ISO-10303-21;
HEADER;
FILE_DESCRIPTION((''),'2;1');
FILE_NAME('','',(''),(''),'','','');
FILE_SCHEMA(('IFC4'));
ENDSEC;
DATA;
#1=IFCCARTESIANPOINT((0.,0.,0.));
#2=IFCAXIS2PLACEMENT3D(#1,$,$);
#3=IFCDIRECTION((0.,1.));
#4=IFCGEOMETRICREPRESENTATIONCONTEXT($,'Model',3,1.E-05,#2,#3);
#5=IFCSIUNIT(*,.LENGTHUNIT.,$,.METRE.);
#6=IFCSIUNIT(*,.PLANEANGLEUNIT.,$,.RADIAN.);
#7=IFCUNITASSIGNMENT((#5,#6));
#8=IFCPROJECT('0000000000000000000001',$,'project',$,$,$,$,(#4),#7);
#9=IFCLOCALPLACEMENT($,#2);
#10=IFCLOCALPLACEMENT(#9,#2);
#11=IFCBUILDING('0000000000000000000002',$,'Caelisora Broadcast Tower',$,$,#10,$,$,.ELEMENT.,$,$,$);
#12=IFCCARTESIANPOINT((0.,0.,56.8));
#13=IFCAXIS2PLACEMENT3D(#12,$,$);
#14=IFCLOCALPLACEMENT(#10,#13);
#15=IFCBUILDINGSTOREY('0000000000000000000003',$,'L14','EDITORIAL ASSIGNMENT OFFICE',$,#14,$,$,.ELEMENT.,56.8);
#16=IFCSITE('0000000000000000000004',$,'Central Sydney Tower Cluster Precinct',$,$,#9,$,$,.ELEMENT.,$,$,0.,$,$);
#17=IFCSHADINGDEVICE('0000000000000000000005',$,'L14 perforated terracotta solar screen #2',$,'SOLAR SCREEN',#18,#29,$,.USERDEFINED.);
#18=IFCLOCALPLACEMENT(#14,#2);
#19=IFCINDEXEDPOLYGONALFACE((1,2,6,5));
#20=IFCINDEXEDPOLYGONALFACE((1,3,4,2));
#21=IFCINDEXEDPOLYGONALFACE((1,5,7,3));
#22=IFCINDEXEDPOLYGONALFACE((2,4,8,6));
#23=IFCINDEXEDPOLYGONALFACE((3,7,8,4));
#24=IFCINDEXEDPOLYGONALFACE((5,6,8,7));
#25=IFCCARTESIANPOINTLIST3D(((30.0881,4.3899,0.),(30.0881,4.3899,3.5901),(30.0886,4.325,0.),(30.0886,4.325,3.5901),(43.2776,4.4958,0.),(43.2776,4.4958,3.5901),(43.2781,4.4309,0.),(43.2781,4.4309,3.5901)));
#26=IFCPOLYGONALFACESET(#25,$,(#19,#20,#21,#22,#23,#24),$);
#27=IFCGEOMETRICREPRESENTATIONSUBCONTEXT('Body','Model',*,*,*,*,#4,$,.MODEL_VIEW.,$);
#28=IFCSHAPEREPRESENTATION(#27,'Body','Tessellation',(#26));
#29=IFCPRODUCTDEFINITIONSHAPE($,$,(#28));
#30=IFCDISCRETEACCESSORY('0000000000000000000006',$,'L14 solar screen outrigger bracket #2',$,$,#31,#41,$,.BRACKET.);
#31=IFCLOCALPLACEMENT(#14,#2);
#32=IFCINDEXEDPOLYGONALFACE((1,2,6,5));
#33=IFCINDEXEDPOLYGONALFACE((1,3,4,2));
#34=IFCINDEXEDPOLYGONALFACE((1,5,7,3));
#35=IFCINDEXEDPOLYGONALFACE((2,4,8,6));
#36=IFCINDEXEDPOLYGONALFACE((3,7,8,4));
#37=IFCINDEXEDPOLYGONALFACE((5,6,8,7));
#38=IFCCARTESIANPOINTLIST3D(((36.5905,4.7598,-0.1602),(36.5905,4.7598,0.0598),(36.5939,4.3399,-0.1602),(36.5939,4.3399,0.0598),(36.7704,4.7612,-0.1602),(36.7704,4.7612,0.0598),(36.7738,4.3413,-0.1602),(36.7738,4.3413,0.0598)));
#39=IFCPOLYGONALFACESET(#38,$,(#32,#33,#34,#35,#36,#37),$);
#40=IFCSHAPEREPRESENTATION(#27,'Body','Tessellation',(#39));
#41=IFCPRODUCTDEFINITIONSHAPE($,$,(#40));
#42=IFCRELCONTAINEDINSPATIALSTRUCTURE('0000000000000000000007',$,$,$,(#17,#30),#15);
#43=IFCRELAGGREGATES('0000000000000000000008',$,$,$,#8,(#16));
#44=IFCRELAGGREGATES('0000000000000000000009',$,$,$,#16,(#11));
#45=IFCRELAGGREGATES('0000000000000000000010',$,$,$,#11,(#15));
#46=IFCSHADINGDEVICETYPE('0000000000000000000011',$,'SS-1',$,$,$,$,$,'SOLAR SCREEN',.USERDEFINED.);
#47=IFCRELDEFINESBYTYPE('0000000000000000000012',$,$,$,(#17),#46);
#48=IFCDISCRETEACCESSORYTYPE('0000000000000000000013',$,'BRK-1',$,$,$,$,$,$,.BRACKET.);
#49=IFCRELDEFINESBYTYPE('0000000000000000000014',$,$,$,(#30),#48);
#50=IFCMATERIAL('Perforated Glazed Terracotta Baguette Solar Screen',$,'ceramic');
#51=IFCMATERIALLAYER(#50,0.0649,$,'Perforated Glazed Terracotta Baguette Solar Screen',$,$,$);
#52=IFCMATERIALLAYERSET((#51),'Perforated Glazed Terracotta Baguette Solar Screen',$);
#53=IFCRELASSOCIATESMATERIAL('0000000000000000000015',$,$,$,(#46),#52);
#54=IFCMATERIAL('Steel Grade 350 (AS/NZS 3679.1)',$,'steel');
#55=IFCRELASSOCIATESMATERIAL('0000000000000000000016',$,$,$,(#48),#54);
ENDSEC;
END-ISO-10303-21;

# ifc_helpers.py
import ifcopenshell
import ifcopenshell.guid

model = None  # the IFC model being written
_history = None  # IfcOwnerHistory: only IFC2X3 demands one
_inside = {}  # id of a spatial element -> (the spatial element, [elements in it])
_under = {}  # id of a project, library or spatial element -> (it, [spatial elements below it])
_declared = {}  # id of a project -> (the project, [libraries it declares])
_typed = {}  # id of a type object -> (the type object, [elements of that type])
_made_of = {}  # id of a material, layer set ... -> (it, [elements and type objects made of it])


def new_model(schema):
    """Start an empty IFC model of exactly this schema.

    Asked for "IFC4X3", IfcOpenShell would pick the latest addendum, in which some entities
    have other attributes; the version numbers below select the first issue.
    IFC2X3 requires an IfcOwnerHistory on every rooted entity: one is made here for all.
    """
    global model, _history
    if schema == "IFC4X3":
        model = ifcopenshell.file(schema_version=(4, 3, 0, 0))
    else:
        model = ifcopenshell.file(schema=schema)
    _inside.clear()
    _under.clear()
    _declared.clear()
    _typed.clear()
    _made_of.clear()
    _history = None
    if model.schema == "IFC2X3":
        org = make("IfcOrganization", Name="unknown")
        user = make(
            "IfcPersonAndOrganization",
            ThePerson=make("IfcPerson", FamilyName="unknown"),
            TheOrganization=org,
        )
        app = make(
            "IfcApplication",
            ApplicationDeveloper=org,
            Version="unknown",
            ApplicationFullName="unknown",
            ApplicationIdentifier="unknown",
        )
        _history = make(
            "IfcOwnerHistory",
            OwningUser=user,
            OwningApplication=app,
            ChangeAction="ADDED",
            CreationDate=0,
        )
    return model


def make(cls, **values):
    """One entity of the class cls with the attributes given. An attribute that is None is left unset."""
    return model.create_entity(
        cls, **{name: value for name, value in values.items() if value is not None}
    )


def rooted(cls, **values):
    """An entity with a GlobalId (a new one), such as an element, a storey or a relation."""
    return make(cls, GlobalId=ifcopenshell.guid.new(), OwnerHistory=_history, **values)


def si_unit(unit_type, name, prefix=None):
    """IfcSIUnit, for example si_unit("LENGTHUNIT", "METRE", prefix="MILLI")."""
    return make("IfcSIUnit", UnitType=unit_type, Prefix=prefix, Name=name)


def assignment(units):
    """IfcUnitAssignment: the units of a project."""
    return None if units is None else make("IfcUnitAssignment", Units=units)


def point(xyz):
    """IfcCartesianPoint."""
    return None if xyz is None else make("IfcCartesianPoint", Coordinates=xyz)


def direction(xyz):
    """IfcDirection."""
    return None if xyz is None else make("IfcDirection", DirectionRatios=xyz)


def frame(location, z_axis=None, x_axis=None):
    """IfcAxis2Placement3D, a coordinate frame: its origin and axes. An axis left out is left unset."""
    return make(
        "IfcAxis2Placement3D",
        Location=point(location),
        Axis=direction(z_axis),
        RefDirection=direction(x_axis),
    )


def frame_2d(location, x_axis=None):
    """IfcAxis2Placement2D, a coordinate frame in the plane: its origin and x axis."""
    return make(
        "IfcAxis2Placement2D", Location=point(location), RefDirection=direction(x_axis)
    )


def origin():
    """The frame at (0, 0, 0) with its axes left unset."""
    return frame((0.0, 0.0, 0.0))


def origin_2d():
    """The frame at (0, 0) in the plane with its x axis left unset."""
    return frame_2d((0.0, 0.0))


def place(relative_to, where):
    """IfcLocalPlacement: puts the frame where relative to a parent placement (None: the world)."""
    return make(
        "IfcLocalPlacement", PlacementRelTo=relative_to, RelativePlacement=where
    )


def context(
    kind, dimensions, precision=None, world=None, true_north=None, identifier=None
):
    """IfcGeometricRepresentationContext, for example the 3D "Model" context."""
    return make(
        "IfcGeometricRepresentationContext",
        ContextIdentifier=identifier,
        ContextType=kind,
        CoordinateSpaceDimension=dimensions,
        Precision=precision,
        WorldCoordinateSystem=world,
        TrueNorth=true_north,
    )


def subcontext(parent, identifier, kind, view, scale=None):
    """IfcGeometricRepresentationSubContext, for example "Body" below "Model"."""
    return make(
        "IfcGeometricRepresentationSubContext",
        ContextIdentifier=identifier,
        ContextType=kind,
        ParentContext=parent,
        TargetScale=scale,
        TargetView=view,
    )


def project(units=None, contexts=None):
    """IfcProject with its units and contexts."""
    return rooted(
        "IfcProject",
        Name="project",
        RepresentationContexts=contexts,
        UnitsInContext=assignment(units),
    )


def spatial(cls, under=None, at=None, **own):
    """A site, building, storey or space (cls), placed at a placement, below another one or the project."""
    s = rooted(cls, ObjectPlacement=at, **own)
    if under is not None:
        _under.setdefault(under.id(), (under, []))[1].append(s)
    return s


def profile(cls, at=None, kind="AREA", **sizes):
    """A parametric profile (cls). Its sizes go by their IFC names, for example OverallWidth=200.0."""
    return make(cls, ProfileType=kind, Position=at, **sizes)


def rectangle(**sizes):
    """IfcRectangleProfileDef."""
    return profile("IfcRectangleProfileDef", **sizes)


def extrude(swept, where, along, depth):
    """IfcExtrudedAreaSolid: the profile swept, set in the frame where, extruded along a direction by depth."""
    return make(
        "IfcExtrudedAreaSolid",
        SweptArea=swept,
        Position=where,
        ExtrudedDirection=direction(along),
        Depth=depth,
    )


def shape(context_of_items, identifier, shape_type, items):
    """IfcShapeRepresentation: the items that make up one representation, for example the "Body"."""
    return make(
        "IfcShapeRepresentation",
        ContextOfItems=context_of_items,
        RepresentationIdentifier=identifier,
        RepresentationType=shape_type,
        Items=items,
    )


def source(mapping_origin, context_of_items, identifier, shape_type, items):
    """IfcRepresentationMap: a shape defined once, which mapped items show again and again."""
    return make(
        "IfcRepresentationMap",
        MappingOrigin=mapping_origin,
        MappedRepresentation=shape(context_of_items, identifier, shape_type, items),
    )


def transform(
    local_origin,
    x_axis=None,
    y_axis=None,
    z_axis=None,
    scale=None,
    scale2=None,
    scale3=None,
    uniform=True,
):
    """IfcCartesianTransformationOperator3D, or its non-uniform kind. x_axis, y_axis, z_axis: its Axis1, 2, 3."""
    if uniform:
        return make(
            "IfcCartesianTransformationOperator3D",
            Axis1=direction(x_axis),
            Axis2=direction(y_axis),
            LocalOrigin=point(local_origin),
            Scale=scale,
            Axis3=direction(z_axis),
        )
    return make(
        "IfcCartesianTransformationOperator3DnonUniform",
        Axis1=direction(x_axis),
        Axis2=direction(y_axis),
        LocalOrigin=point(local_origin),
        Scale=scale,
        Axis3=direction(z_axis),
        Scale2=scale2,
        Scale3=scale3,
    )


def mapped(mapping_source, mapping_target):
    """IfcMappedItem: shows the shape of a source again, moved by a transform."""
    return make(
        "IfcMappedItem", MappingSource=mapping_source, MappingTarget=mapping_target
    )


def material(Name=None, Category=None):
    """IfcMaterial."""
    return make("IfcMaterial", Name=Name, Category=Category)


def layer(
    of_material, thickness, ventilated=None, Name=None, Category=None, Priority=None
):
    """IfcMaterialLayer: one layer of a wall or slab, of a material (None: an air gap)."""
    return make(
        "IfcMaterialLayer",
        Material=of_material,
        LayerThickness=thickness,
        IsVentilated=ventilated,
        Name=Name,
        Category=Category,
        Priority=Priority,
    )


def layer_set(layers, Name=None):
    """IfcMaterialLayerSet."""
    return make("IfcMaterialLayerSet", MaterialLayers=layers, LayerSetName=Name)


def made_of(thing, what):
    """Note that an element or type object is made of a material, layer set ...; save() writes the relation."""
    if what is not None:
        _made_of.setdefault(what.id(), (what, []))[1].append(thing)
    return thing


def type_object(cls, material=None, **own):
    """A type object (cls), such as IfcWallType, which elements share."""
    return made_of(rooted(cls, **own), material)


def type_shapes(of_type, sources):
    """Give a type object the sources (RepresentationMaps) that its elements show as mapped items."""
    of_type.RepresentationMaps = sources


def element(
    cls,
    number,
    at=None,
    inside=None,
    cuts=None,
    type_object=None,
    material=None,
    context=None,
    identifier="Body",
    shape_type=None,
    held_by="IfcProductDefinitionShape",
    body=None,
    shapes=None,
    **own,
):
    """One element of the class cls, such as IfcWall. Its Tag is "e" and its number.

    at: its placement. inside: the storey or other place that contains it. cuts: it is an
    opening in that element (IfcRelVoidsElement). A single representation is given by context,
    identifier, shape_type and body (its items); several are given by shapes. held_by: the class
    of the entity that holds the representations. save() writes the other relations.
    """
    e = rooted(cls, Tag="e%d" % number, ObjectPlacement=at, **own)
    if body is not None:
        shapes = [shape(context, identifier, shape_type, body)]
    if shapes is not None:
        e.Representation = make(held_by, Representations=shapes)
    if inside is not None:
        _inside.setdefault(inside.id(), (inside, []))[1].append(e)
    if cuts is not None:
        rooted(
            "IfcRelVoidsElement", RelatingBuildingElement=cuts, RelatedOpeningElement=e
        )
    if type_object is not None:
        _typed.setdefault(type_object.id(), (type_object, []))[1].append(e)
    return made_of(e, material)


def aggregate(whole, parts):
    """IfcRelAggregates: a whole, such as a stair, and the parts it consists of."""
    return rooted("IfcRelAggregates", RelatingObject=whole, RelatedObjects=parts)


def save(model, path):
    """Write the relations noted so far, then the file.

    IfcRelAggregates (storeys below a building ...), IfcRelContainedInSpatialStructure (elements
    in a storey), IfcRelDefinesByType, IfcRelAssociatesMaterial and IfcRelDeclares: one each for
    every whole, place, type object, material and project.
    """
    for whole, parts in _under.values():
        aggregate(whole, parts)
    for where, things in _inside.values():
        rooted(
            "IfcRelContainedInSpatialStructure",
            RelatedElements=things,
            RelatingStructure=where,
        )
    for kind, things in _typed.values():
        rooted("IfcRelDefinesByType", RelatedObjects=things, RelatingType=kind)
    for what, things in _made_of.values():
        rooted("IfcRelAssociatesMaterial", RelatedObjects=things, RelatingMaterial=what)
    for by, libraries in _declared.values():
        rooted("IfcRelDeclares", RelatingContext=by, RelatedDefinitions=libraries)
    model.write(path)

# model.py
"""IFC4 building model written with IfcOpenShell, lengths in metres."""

from ifc_helpers import new_model, si_unit, direction, frame, origin, origin_2d, place, context, subcontext, project, spatial, rectangle, extrude, source, transform, mapped, material, layer, layer_set, type_object, type_shapes, element, save


model = new_model("IFC4")

# Units and contexts
model_context = context("Model", 3, precision=1e-05, world=origin(), true_north=direction((0.0, 1.0)))
body_context = subcontext(model_context, "Body", "Model", "MODEL_VIEW")
ifc_project = project(units=[si_unit("LENGTHUNIT", "METRE"), si_unit("PLANEANGLEUNIT", "RADIAN")], contexts=[model_context])

# Site, building, storey
site_placement = place(None, origin())
site = spatial("IfcSite", under=ifc_project, at=site_placement, Name="Central Sydney Tower Cluster Precinct", CompositionType="ELEMENT", RefElevation=0.0)
building_placement = place(site_placement, origin())
building = spatial("IfcBuilding", under=site, at=building_placement, Name="Caelisora Broadcast Tower", CompositionType="ELEMENT")
storey_placement = place(building_placement, frame((0.0, 0.0, 56.8)))
storey = spatial("IfcBuildingStorey", under=building, at=storey_placement, Name="L14", Description="EDITORIAL ASSIGNMENT OFFICE", CompositionType="ELEMENT", Elevation=56.8)

# Shared definitions
ifc_material_1 = material(Name="Steel Grade 350 (AS/NZS 3679.1)", Category="steel")

# Shading device
ifc_material_2 = material(Name="Perforated Glazed Terracotta Baguette Solar Screen", Category="ceramic")
ifc_layer_1 = layer(ifc_material_2, 0.0649, Name="Perforated Glazed Terracotta Baguette Solar Screen")
ifc_layer_set_1 = layer_set([ifc_layer_1], Name="Perforated Glazed Terracotta Baguette Solar Screen")
shading_device_type = type_object("IfcShadingDeviceType", Name="SS-1", ElementType="SOLAR SCREEN", PredefinedType="USERDEFINED", material=ifc_layer_set_1)
shared_shape_1 = source(origin(), body_context, "Body", "SweptSolid", [
    extrude(rectangle(XDim=13.1899, YDim=0.0649, at=origin_2d()), origin(), (0.0, 0.0, 1.0), 3.5901),
])
type_shapes(shading_device_type, [shared_shape_1])
shading_device_placement = place(storey_placement, frame((36.6831, 4.4104, 0.0), z_axis=(0.0, 0.0, 1.0), x_axis=(0.999968, 0.008028, 0.0)))
element("IfcShadingDevice", 1, at=shading_device_placement, inside=storey, type_object=shading_device_type, Name="L14 perforated terracotta solar screen #2", ObjectType="SOLAR SCREEN", PredefinedType="USERDEFINED", context=body_context, shape_type="MappedRepresentation", body=[
    mapped(shared_shape_1, transform((0.0, 0.0, 0.0), scale=1.0)),
])

# Discrete accessory
discrete_accessory_type = type_object("IfcDiscreteAccessoryType", Name="BRK-1", PredefinedType="BRACKET", material=ifc_material_1)
shared_shape_2 = source(origin(), body_context, "Body", "SweptSolid", [
    extrude(rectangle(XDim=0.1799, YDim=0.4199, at=origin_2d()), origin(), (0.0, 0.0, 1.0), 0.22),
])
type_shapes(discrete_accessory_type, [shared_shape_2])
discrete_accessory_placement = place(storey_placement, frame((36.6821, 4.5505, -0.1602), z_axis=(0.0, 0.0, 1.0), x_axis=(0.999968, 0.008028, 0.0)))
element("IfcDiscreteAccessory", 2, at=discrete_accessory_placement, inside=storey, type_object=discrete_accessory_type, Name="L14 solar screen outrigger bracket #2", PredefinedType="BRACKET", context=body_context, shape_type="MappedRepresentation", body=[
    mapped(shared_shape_2, transform((0.0, 0.0, 0.0), scale=1.0)),
])

save(model, "model.ifc")
